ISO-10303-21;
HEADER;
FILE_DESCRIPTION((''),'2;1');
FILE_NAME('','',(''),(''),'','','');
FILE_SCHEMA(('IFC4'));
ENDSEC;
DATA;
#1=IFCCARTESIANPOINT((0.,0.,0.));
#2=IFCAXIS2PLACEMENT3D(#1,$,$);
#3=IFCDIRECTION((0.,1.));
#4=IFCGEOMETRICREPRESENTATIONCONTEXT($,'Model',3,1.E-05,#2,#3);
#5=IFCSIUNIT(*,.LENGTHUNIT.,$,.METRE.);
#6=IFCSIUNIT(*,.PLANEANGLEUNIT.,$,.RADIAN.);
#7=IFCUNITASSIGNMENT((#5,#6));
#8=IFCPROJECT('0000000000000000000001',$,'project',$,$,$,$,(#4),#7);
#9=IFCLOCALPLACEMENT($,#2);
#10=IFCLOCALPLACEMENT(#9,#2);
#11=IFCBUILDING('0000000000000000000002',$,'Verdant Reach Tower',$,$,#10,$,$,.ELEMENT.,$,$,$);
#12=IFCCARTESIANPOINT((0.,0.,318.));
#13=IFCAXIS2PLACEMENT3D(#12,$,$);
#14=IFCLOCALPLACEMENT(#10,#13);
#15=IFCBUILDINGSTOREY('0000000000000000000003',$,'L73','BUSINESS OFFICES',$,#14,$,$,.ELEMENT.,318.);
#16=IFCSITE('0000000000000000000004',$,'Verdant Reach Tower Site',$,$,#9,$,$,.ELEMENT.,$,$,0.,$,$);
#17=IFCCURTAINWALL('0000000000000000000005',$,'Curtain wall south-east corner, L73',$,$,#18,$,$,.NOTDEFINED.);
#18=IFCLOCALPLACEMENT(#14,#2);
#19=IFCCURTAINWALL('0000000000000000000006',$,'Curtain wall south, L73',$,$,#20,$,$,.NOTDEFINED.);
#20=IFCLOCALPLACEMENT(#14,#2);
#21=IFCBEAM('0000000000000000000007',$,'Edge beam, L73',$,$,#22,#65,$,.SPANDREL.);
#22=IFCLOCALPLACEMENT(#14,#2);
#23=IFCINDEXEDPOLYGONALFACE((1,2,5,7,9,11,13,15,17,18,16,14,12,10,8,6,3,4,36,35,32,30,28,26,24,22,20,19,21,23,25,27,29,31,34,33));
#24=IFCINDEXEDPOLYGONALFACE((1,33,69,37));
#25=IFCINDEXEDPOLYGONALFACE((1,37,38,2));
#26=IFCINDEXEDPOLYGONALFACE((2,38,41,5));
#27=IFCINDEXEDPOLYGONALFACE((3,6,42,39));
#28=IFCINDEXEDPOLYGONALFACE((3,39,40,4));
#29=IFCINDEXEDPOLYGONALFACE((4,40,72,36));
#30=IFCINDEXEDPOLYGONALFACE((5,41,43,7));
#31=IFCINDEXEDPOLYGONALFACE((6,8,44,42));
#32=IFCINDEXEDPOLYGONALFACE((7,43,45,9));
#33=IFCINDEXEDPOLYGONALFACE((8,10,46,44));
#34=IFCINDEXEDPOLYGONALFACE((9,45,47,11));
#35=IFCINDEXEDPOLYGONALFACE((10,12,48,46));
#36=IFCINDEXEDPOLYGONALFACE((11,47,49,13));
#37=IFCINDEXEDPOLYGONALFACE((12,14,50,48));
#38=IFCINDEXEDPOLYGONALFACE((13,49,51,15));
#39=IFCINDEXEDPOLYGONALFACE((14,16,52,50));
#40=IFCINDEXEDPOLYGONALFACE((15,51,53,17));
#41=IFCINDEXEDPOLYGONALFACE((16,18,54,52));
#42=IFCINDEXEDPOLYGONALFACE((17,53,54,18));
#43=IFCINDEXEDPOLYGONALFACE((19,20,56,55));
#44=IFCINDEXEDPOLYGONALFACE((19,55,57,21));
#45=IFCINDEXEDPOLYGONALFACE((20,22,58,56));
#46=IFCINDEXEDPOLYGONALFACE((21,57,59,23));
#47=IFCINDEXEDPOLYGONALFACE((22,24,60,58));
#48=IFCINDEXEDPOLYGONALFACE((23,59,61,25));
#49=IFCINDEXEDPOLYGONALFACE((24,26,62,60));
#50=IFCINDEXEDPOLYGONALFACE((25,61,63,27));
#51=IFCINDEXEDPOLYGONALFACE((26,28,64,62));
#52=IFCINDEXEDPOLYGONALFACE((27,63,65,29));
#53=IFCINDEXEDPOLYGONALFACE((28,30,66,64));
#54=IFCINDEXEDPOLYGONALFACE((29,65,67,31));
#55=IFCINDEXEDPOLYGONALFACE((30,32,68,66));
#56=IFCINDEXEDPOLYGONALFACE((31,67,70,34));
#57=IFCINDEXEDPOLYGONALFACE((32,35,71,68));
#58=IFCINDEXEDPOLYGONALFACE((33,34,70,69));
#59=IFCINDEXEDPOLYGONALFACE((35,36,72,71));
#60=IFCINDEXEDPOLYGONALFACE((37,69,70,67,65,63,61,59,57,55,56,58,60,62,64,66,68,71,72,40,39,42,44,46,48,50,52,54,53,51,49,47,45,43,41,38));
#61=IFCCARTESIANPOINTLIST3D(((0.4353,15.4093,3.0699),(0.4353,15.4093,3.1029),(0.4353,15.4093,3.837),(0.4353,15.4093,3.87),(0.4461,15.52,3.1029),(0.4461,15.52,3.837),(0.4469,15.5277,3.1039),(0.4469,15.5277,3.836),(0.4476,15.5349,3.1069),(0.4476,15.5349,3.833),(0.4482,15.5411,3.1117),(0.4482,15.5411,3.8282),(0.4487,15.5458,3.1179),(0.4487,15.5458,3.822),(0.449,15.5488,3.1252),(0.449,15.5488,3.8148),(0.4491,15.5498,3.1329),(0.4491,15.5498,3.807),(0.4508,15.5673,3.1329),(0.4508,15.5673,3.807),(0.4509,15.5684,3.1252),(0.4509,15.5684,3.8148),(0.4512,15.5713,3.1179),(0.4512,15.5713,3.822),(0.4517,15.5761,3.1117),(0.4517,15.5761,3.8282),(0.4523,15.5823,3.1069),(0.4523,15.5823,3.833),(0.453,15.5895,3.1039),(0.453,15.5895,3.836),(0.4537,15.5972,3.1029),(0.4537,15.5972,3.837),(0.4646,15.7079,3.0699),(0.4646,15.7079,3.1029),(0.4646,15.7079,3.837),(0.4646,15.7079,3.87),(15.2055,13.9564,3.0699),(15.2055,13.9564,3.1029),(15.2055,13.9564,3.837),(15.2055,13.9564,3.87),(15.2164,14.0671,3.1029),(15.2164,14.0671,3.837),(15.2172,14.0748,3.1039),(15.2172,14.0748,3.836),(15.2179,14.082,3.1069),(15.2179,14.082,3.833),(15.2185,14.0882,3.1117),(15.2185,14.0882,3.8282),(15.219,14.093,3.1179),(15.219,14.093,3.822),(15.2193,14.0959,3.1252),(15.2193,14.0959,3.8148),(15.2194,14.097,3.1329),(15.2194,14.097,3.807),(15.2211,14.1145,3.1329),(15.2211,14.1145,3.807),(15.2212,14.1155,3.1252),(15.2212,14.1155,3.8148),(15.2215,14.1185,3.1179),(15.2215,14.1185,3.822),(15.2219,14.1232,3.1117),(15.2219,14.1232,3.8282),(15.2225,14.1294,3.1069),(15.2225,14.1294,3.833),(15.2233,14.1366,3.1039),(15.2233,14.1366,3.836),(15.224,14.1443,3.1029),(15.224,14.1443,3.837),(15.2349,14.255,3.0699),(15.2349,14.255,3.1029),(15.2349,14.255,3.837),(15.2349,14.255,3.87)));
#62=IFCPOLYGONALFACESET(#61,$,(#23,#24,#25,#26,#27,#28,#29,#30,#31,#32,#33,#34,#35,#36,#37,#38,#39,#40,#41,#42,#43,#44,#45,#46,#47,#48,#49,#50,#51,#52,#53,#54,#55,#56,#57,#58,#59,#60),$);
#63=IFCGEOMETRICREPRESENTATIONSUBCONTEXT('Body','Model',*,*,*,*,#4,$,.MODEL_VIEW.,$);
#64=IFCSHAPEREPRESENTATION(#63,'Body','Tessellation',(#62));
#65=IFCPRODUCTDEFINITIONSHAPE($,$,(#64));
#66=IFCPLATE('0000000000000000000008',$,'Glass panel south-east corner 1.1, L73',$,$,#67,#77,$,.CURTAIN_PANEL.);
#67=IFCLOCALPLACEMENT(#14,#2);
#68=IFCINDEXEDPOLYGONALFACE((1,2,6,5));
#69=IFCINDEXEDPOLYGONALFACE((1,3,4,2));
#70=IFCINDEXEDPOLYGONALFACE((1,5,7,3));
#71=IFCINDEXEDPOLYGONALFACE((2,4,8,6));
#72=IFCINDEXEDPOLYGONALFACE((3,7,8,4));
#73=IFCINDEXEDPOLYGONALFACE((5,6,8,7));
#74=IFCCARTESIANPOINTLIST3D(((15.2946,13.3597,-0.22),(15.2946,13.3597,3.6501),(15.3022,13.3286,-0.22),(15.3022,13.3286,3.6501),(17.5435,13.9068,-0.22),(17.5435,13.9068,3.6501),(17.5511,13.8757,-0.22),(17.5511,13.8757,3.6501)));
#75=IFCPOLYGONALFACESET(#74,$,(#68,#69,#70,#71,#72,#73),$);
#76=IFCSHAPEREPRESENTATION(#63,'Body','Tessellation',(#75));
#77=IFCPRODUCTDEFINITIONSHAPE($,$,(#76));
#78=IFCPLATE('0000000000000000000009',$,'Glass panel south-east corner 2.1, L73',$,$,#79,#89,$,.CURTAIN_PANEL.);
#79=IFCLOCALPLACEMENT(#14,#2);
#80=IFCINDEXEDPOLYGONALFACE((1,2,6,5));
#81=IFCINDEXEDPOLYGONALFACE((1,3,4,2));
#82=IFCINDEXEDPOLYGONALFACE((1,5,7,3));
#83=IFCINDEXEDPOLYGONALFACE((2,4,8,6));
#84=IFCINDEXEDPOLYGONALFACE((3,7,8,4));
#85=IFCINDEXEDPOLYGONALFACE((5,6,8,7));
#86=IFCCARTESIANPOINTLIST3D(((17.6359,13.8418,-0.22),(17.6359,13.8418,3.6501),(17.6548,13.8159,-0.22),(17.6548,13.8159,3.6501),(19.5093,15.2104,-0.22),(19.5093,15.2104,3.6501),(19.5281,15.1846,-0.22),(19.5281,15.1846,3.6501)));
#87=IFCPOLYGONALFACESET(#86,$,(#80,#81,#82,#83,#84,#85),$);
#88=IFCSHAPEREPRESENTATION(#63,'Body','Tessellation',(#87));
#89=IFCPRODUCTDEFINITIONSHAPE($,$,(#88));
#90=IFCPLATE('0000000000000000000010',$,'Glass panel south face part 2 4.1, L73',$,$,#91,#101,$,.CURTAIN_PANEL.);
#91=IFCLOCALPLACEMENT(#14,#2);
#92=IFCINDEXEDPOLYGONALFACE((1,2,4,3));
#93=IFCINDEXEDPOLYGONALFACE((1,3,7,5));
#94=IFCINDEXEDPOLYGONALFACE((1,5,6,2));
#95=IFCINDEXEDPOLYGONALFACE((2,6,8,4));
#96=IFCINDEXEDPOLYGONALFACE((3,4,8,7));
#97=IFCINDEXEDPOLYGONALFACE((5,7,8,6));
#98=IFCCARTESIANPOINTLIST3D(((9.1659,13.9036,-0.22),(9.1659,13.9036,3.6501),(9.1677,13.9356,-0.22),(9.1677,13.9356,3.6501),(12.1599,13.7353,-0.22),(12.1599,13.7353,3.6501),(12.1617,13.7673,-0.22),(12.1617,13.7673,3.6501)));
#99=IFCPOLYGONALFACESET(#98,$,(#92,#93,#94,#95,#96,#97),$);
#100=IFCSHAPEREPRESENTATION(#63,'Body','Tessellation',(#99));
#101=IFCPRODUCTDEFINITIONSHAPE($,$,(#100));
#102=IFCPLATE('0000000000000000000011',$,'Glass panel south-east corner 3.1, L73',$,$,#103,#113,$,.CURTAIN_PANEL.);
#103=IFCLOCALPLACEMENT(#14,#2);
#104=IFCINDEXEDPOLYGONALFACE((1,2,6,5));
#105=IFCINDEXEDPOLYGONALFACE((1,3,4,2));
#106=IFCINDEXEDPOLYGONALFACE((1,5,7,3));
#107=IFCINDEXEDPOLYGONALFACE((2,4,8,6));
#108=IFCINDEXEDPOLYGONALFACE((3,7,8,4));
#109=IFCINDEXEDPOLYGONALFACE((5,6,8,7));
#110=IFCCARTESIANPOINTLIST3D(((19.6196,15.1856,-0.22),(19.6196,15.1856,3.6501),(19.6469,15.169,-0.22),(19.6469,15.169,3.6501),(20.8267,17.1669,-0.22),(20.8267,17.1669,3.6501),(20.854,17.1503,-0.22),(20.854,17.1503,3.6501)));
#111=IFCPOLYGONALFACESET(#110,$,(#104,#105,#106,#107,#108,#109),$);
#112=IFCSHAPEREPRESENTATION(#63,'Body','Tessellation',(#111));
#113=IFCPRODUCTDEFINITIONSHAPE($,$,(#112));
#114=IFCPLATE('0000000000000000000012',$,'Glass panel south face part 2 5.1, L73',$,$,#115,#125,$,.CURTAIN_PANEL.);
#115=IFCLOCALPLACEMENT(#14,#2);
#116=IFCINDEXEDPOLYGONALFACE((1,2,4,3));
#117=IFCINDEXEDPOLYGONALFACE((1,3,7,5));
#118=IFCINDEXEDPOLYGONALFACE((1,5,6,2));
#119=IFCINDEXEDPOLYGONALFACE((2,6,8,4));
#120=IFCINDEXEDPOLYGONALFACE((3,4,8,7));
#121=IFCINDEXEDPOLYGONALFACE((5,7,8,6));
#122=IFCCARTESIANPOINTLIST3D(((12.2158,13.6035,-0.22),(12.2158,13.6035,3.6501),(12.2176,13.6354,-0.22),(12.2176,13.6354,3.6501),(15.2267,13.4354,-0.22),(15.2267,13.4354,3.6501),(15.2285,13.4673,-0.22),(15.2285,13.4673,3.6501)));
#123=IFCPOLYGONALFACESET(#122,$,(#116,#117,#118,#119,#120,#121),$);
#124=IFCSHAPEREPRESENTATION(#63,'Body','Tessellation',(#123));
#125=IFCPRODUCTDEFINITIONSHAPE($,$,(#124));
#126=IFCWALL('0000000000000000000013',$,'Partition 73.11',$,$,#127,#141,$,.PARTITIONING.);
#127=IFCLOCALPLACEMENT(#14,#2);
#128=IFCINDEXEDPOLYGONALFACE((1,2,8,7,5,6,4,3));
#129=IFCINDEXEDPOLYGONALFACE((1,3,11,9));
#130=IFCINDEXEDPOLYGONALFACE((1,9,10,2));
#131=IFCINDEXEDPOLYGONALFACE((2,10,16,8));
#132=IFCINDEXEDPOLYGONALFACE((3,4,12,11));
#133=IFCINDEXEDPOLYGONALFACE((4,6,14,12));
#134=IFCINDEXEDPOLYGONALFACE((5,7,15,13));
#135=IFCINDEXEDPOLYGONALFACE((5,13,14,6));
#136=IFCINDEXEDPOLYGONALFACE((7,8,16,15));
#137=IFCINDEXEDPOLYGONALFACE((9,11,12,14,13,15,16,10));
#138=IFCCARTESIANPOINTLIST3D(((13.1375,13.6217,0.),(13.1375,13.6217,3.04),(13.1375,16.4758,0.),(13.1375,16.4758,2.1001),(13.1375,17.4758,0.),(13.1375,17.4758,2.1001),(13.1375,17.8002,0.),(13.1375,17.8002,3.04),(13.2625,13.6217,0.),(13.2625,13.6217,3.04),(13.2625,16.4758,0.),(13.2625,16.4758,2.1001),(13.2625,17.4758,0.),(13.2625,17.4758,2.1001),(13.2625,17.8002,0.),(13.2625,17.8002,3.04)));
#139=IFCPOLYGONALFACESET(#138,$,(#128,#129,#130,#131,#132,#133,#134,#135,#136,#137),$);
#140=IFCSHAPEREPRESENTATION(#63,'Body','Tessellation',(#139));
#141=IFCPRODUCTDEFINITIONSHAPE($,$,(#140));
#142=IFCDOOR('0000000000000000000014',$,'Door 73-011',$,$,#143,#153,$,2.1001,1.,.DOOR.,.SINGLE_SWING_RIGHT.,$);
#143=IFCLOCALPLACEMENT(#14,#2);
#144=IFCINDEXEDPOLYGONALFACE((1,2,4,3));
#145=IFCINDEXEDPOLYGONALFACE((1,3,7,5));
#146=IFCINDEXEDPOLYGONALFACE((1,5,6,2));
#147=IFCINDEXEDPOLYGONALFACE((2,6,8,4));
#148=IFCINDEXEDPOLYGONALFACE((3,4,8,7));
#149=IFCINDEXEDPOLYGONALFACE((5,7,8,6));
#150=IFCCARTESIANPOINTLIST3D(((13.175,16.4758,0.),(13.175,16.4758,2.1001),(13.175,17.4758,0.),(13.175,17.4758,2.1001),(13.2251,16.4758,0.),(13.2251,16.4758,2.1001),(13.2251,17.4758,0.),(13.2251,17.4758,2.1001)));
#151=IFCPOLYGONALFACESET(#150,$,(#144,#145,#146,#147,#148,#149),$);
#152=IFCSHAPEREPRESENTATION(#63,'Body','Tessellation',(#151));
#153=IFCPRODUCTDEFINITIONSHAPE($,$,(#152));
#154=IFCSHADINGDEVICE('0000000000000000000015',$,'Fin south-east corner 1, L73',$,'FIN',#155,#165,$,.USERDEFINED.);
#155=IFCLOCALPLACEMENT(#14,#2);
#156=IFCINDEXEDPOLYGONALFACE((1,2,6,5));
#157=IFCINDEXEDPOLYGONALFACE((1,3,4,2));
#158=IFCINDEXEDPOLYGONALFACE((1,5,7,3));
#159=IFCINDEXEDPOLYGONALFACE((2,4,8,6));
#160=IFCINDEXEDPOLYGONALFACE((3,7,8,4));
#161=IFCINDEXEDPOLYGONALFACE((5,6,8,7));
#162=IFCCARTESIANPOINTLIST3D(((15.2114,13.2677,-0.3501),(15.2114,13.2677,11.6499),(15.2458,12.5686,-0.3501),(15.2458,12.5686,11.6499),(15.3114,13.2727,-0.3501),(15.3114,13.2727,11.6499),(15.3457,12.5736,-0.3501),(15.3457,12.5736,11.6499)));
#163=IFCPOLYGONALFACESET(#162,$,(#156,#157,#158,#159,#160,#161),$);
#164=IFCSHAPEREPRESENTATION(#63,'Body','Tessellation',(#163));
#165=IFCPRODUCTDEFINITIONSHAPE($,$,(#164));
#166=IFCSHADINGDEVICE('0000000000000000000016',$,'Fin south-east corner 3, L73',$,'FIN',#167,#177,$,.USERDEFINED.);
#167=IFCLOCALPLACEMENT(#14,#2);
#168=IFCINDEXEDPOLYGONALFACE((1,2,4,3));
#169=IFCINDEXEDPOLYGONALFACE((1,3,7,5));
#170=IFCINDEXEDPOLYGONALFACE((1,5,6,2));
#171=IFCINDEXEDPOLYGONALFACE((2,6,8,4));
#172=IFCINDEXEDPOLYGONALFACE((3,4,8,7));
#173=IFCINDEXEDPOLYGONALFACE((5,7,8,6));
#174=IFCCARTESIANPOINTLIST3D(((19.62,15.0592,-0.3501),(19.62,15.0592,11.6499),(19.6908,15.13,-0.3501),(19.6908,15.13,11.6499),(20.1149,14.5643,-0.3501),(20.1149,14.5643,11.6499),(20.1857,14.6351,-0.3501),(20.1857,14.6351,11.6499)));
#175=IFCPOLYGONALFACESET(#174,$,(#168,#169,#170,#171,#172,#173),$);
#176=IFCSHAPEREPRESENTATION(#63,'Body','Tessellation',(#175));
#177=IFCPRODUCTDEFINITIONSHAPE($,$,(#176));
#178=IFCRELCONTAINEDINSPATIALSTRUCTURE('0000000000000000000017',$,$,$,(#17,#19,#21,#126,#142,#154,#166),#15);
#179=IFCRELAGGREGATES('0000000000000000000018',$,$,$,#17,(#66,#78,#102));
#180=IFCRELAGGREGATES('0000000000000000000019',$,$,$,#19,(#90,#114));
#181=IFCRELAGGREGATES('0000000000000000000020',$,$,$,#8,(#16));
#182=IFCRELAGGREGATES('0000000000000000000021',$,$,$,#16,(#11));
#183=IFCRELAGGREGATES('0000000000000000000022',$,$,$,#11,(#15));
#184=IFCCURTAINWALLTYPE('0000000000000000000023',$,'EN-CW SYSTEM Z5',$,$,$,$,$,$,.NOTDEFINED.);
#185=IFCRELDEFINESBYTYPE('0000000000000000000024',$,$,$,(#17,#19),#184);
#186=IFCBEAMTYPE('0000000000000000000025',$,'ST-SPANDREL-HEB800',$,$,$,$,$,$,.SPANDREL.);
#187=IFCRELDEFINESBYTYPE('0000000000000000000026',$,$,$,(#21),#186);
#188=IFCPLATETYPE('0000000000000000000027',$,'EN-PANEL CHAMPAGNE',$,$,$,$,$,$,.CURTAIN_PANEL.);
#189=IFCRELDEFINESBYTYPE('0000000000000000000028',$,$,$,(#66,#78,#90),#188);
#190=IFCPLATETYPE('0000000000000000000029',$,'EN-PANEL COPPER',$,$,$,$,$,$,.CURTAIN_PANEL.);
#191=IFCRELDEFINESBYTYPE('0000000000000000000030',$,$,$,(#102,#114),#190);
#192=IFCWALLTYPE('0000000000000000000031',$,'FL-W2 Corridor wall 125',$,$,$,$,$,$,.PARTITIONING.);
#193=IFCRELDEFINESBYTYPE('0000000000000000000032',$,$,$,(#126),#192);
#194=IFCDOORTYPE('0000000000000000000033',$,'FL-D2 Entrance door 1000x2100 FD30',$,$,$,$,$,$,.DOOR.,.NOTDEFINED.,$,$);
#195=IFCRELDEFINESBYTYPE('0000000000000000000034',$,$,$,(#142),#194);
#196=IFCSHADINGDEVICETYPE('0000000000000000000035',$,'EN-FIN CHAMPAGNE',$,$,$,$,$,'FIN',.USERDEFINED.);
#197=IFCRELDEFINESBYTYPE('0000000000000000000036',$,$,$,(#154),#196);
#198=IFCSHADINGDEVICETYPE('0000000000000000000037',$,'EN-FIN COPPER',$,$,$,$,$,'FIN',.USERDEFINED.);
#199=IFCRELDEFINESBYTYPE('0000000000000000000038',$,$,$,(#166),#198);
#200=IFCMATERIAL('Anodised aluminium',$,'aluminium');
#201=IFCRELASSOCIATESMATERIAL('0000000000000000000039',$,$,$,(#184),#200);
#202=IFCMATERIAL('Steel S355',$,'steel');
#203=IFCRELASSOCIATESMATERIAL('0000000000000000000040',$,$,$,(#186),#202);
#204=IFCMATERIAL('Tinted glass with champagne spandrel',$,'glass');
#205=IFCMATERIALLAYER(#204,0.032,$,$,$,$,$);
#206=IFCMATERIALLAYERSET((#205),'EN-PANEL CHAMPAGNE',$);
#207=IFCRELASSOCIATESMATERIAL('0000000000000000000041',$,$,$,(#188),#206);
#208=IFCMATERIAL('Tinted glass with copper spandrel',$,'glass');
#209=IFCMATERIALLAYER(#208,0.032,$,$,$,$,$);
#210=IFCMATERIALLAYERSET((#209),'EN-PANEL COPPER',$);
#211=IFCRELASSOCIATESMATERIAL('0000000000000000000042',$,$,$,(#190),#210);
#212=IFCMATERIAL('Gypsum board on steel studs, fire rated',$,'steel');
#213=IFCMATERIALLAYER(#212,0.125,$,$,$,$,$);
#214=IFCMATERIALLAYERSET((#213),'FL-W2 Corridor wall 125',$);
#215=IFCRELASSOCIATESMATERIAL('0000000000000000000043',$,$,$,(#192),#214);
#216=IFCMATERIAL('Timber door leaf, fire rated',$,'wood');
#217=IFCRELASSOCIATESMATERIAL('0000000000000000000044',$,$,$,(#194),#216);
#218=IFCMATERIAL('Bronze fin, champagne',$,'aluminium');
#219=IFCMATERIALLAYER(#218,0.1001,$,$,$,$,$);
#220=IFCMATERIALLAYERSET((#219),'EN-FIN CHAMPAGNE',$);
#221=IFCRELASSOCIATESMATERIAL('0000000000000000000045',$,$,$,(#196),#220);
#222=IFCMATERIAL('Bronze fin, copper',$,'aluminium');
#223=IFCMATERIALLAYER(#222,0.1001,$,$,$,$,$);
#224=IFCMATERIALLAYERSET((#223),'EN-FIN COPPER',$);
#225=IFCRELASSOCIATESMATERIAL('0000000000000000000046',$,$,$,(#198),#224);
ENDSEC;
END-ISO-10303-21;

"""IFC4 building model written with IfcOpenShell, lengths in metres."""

from ifc_helpers import new_model, si_unit, direction, frame, frame_2d, origin, origin_2d, place, context, subcontext, project, spatial, rectangle, i_section, extrude, material, layer, layer_set, material_profile, profile_set, type_object, element, fill, aggregate, save


model = new_model("IFC4")

# Units and contexts
model_context = context("Model", 3, precision=1e-05, world=origin(), true_north=direction((0.0, 1.0)))
body_context = subcontext(model_context, "Body", "Model", "MODEL_VIEW")
ifc_project = project(units=[si_unit("LENGTHUNIT", "METRE"), si_unit("PLANEANGLEUNIT", "RADIAN")], contexts=[model_context])

# Site, building, storey
site_placement = place(None, origin())
site = spatial("IfcSite", under=ifc_project, at=site_placement, Name="Verdant Reach Tower Site", CompositionType="ELEMENT", RefElevation=0.0)
building_placement = place(site_placement, origin())
building = spatial("IfcBuilding", under=site, at=building_placement, Name="Verdant Reach Tower", CompositionType="ELEMENT")
storey_placement = place(building_placement, frame((0.0, 0.0, 318.0)))
storey = spatial("IfcBuildingStorey", under=building, at=storey_placement, Name="L73", Description="BUSINESS OFFICES", CompositionType="ELEMENT", Elevation=318.0)

# Curtain wall
ifc_material_1 = material(Name="Anodised aluminium", Category="aluminium")
curtain_wall_type = type_object("IfcCurtainWallType", Name="EN-CW SYSTEM Z5", PredefinedType="NOTDEFINED", material=ifc_material_1)
curtain_wall_1_placement = place(storey_placement, origin())
curtain_wall_1 = element("IfcCurtainWall", 1, at=curtain_wall_1_placement, inside=storey, type_object=curtain_wall_type, Name="Curtain wall south-east corner, L73", PredefinedType="NOTDEFINED")

# Curtain wall
curtain_wall_2_placement = place(storey_placement, origin())
curtain_wall_2 = element("IfcCurtainWall", 2, at=curtain_wall_2_placement, inside=storey, type_object=curtain_wall_type, Name="Curtain wall south, L73", PredefinedType="NOTDEFINED")

# Beam
ifc_material_2 = material(Name="Steel S355", Category="steel")
ifc_material_profile_1 = material_profile(ifc_material_2, i_section(OverallWidth=0.3, OverallDepth=0.8, WebThickness=0.0176, FlangeThickness=0.033, FilletRadius=0.03, at=origin_2d()), Name="HEB 800")
ifc_profile_set_1 = profile_set([ifc_material_profile_1], Name="Steel S355")
beam_type_1 = type_object("IfcBeamType", Name="ST-SPANDREL-HEB800", PredefinedType="SPANDREL", material=ifc_profile_set_1)
beam_1_placement = place(storey_placement, frame((15.2202, 14.1057, 3.47), z_axis=(-0.995197, 0.097893, 0.0), x_axis=(-0.097893, -0.995197, 0.0)))
element("IfcBeam", 3, at=beam_1_placement, inside=storey, type_object=beam_type_1, Name="Edge beam, L73", PredefinedType="SPANDREL", context=body_context, shape_type="SweptSolid", body=[
    extrude(i_section(OverallWidth=0.3, OverallDepth=0.8, WebThickness=0.0176, FlangeThickness=0.033, FilletRadius=0.03, at=origin_2d()), origin(), (0.0, 0.0, 1.0), 14.8416),
])

# Plates
ifc_material_3 = material(Name="Tinted glass with champagne spandrel", Category="glass")
ifc_layer_1 = layer(ifc_material_3, 0.032)
ifc_layer_set_1 = layer_set([ifc_layer_1], Name="EN-PANEL CHAMPAGNE")
plate_type_1 = type_object("IfcPlateType", Name="EN-PANEL CHAMPAGNE", PredefinedType="CURTAIN_PANEL", material=ifc_layer_set_1)
plate_1_placement = place(storey_placement, frame((16.4229, 13.6177, -0.22), z_axis=(0.0, 0.0, 1.0), x_axis=(0.971662, 0.236376, 0.0)))
plate_1 = element("IfcPlate", 4, at=plate_1_placement, type_object=plate_type_1, Name="Glass panel south-east corner 1.1, L73", PredefinedType="CURTAIN_PANEL", context=body_context, shape_type="SweptSolid", body=[
    extrude(rectangle(XDim=2.3145, YDim=0.032, at=origin_2d()), origin(), (0.0, 0.0, 1.0), 3.8701),
])
plate_2_placement = place(storey_placement, frame((18.582, 14.5132, -0.22), z_axis=(0.0, 0.0, 1.0), x_axis=(0.807457, 0.589927, 0.0)))
plate_2 = element("IfcPlate", 5, at=plate_2_placement, type_object=plate_type_1, Name="Glass panel south-east corner 2.1, L73", PredefinedType="CURTAIN_PANEL", context=body_context, shape_type="SweptSolid", body=[
    extrude(rectangle(XDim=2.3201, YDim=0.032, at=origin_2d()), origin(), (0.0, 0.0, 1.0), 3.8701),
])
plate_3_placement = place(storey_placement, frame((10.6638, 13.8354, -0.22), z_axis=(0.0, 0.0, 1.0), x_axis=(0.998424, -0.056128, 0.0)))
plate_3 = element("IfcPlate", 6, at=plate_3_placement, type_object=plate_type_1, Name="Glass panel south face part 2 4.1, L73", PredefinedType="CURTAIN_PANEL", context=body_context, shape_type="SweptSolid", body=[
    extrude(rectangle(XDim=2.9988, YDim=0.032, at=origin_2d()), origin(), (0.0, 0.0, 1.0), 3.8701),
])
ifc_material_4 = material(Name="Tinted glass with copper spandrel", Category="glass")
ifc_layer_2 = layer(ifc_material_4, 0.032)
ifc_layer_set_2 = layer_set([ifc_layer_2], Name="EN-PANEL COPPER")
plate_type_2 = type_object("IfcPlateType", Name="EN-PANEL COPPER", PredefinedType="CURTAIN_PANEL", material=ifc_layer_set_2)
plate_4_placement = place(storey_placement, frame((20.2368, 16.168, -0.22), z_axis=(0.0, 0.0, 1.0), x_axis=(0.520292, 0.853989, 0.0)))
plate_4 = element("IfcPlate", 7, at=plate_4_placement, type_object=plate_type_2, Name="Glass panel south-east corner 3.1, L73", PredefinedType="CURTAIN_PANEL", context=body_context, shape_type="SweptSolid", body=[
    extrude(rectangle(XDim=2.3201, YDim=0.032, at=origin_2d()), origin(), (0.0, 0.0, 1.0), 3.8701),
])
aggregate(curtain_wall_1, [plate_1, plate_2, plate_4])
plate_5_placement = place(storey_placement, frame((13.7222, 13.5354, -0.22), z_axis=(0.0, 0.0, 1.0), x_axis=(0.998446, -0.055725, 0.0)))
plate_5 = element("IfcPlate", 8, at=plate_5_placement, type_object=plate_type_2, Name="Glass panel south face part 2 5.1, L73", PredefinedType="CURTAIN_PANEL", context=body_context, shape_type="SweptSolid", body=[
    extrude(rectangle(XDim=3.0156, YDim=0.032, at=origin_2d()), origin(), (0.0, 0.0, 1.0), 3.8701),
])
aggregate(curtain_wall_2, [plate_3, plate_5])

# Wall, opening, door
ifc_material_5 = material(Name="Gypsum board on steel studs, fire rated", Category="steel")
ifc_layer_3 = layer(ifc_material_5, 0.125)
ifc_layer_set_3 = layer_set([ifc_layer_3], Name="FL-W2 Corridor wall 125")
wall_type = type_object("IfcWallType", Name="FL-W2 Corridor wall 125", PredefinedType="PARTITIONING", material=ifc_layer_set_3)
wall_placement = place(storey_placement, frame((13.2, 13.6216, 0.0), z_axis=(0.0, 0.0, 1.0), x_axis=(0.0, 1.0, 0.0)))
wall = element("IfcWall", 9, at=wall_placement, inside=storey, type_object=wall_type, Name="Partition 73.11", PredefinedType="PARTITIONING", context=body_context, shape_type="SweptSolid", body=[
    extrude(rectangle(XDim=4.1785, YDim=0.125, at=frame_2d((2.0894, 0.0))), origin(), (0.0, 0.0, 1.0), 3.04),
])
opening_placement = place(wall_placement, frame((2.8542, 0.0, 0.0)))
opening = element("IfcOpeningElement", 10, at=opening_placement, cuts=wall, PredefinedType="OPENING", context=body_context, shape_type="SweptSolid", body=[
    extrude(rectangle(XDim=1.0, YDim=2.1001, at=frame_2d((0.5, 1.05))), frame((0.0, 0.0725, 0.0), z_axis=(0.0, -1.0, 0.0), x_axis=(1.0, 0.0, 0.0)), (0.0, 0.0, 1.0), 0.145),
])
ifc_material_6 = material(Name="Timber door leaf, fire rated", Category="wood")
door_type = type_object("IfcDoorType", Name="FL-D2 Entrance door 1000x2100 FD30", OperationType="NOTDEFINED", PredefinedType="DOOR", material=ifc_material_6)
door_placement = place(opening_placement, origin())
door = element("IfcDoor", 11, at=door_placement, inside=storey, type_object=door_type, Name="Door 73-011", OperationType="SINGLE_SWING_RIGHT", OverallHeight=2.1001, OverallWidth=1.0, PredefinedType="DOOR", context=body_context, shape_type="SweptSolid", body=[
    extrude(rectangle(XDim=1.0, YDim=2.1001, at=frame_2d((0.5, 1.05))), frame((0.0, 0.0249, 0.0), z_axis=(0.0, -1.0, 0.0), x_axis=(1.0, 0.0, 0.0)), (0.0, 0.0, 1.0), 0.05),
])
fill(opening, door)

# Shading devices
ifc_material_7 = material(Name="Bronze fin, champagne", Category="aluminium")
ifc_layer_4 = layer(ifc_material_7, 0.1001)
ifc_layer_set_4 = layer_set([ifc_layer_4], Name="EN-FIN CHAMPAGNE")
shading_device_type_1 = type_object("IfcShadingDeviceType", Name="EN-FIN CHAMPAGNE", ElementType="FIN", PredefinedType="USERDEFINED", material=ifc_layer_set_4)
shading_device_placement = place(storey_placement, frame((15.2786, 12.9207, -0.3501), z_axis=(0.0, 0.0, 1.0), x_axis=(0.998793, 0.049128, 0.0)))
element("IfcShadingDevice", 12, at=shading_device_placement, inside=storey, type_object=shading_device_type_1, Name="Fin south-east corner 1, L73", ObjectType="FIN", PredefinedType="USERDEFINED", context=body_context, shape_type="SweptSolid", body=[
    extrude(rectangle(XDim=0.1001, YDim=0.7, at=origin_2d()), origin(), (0.0, 0.0, 1.0), 12.0),
])
ifc_material_8 = material(Name="Bronze fin, copper", Category="aluminium")
ifc_layer_5 = layer(ifc_material_8, 0.1001)
ifc_layer_set_5 = layer_set([ifc_layer_5], Name="EN-FIN COPPER")
shading_device_type_2 = type_object("IfcShadingDeviceType", Name="EN-FIN COPPER", ElementType="FIN", PredefinedType="USERDEFINED", material=ifc_layer_set_5)
for number, where, z_axis, x_axis, name in (
    (13, (19.9028, 14.8472, -0.3501), (0.0, 0.0, 1.0), (0.707107, 0.707107, 0.0), "Fin south-east corner 3, L73"),
):
    element("IfcShadingDevice", number, at=place(storey_placement, frame(where, z_axis=z_axis, x_axis=x_axis)), inside=storey, type_object=shading_device_type_2, Name=name, ObjectType="FIN", PredefinedType="USERDEFINED", context=body_context, shape_type="SweptSolid", body=[
        extrude(rectangle(XDim=0.1001, YDim=0.7, at=origin_2d()), origin(), (0.0, 0.0, 1.0), 12.0),
    ])

save(model, "model.ifc")
